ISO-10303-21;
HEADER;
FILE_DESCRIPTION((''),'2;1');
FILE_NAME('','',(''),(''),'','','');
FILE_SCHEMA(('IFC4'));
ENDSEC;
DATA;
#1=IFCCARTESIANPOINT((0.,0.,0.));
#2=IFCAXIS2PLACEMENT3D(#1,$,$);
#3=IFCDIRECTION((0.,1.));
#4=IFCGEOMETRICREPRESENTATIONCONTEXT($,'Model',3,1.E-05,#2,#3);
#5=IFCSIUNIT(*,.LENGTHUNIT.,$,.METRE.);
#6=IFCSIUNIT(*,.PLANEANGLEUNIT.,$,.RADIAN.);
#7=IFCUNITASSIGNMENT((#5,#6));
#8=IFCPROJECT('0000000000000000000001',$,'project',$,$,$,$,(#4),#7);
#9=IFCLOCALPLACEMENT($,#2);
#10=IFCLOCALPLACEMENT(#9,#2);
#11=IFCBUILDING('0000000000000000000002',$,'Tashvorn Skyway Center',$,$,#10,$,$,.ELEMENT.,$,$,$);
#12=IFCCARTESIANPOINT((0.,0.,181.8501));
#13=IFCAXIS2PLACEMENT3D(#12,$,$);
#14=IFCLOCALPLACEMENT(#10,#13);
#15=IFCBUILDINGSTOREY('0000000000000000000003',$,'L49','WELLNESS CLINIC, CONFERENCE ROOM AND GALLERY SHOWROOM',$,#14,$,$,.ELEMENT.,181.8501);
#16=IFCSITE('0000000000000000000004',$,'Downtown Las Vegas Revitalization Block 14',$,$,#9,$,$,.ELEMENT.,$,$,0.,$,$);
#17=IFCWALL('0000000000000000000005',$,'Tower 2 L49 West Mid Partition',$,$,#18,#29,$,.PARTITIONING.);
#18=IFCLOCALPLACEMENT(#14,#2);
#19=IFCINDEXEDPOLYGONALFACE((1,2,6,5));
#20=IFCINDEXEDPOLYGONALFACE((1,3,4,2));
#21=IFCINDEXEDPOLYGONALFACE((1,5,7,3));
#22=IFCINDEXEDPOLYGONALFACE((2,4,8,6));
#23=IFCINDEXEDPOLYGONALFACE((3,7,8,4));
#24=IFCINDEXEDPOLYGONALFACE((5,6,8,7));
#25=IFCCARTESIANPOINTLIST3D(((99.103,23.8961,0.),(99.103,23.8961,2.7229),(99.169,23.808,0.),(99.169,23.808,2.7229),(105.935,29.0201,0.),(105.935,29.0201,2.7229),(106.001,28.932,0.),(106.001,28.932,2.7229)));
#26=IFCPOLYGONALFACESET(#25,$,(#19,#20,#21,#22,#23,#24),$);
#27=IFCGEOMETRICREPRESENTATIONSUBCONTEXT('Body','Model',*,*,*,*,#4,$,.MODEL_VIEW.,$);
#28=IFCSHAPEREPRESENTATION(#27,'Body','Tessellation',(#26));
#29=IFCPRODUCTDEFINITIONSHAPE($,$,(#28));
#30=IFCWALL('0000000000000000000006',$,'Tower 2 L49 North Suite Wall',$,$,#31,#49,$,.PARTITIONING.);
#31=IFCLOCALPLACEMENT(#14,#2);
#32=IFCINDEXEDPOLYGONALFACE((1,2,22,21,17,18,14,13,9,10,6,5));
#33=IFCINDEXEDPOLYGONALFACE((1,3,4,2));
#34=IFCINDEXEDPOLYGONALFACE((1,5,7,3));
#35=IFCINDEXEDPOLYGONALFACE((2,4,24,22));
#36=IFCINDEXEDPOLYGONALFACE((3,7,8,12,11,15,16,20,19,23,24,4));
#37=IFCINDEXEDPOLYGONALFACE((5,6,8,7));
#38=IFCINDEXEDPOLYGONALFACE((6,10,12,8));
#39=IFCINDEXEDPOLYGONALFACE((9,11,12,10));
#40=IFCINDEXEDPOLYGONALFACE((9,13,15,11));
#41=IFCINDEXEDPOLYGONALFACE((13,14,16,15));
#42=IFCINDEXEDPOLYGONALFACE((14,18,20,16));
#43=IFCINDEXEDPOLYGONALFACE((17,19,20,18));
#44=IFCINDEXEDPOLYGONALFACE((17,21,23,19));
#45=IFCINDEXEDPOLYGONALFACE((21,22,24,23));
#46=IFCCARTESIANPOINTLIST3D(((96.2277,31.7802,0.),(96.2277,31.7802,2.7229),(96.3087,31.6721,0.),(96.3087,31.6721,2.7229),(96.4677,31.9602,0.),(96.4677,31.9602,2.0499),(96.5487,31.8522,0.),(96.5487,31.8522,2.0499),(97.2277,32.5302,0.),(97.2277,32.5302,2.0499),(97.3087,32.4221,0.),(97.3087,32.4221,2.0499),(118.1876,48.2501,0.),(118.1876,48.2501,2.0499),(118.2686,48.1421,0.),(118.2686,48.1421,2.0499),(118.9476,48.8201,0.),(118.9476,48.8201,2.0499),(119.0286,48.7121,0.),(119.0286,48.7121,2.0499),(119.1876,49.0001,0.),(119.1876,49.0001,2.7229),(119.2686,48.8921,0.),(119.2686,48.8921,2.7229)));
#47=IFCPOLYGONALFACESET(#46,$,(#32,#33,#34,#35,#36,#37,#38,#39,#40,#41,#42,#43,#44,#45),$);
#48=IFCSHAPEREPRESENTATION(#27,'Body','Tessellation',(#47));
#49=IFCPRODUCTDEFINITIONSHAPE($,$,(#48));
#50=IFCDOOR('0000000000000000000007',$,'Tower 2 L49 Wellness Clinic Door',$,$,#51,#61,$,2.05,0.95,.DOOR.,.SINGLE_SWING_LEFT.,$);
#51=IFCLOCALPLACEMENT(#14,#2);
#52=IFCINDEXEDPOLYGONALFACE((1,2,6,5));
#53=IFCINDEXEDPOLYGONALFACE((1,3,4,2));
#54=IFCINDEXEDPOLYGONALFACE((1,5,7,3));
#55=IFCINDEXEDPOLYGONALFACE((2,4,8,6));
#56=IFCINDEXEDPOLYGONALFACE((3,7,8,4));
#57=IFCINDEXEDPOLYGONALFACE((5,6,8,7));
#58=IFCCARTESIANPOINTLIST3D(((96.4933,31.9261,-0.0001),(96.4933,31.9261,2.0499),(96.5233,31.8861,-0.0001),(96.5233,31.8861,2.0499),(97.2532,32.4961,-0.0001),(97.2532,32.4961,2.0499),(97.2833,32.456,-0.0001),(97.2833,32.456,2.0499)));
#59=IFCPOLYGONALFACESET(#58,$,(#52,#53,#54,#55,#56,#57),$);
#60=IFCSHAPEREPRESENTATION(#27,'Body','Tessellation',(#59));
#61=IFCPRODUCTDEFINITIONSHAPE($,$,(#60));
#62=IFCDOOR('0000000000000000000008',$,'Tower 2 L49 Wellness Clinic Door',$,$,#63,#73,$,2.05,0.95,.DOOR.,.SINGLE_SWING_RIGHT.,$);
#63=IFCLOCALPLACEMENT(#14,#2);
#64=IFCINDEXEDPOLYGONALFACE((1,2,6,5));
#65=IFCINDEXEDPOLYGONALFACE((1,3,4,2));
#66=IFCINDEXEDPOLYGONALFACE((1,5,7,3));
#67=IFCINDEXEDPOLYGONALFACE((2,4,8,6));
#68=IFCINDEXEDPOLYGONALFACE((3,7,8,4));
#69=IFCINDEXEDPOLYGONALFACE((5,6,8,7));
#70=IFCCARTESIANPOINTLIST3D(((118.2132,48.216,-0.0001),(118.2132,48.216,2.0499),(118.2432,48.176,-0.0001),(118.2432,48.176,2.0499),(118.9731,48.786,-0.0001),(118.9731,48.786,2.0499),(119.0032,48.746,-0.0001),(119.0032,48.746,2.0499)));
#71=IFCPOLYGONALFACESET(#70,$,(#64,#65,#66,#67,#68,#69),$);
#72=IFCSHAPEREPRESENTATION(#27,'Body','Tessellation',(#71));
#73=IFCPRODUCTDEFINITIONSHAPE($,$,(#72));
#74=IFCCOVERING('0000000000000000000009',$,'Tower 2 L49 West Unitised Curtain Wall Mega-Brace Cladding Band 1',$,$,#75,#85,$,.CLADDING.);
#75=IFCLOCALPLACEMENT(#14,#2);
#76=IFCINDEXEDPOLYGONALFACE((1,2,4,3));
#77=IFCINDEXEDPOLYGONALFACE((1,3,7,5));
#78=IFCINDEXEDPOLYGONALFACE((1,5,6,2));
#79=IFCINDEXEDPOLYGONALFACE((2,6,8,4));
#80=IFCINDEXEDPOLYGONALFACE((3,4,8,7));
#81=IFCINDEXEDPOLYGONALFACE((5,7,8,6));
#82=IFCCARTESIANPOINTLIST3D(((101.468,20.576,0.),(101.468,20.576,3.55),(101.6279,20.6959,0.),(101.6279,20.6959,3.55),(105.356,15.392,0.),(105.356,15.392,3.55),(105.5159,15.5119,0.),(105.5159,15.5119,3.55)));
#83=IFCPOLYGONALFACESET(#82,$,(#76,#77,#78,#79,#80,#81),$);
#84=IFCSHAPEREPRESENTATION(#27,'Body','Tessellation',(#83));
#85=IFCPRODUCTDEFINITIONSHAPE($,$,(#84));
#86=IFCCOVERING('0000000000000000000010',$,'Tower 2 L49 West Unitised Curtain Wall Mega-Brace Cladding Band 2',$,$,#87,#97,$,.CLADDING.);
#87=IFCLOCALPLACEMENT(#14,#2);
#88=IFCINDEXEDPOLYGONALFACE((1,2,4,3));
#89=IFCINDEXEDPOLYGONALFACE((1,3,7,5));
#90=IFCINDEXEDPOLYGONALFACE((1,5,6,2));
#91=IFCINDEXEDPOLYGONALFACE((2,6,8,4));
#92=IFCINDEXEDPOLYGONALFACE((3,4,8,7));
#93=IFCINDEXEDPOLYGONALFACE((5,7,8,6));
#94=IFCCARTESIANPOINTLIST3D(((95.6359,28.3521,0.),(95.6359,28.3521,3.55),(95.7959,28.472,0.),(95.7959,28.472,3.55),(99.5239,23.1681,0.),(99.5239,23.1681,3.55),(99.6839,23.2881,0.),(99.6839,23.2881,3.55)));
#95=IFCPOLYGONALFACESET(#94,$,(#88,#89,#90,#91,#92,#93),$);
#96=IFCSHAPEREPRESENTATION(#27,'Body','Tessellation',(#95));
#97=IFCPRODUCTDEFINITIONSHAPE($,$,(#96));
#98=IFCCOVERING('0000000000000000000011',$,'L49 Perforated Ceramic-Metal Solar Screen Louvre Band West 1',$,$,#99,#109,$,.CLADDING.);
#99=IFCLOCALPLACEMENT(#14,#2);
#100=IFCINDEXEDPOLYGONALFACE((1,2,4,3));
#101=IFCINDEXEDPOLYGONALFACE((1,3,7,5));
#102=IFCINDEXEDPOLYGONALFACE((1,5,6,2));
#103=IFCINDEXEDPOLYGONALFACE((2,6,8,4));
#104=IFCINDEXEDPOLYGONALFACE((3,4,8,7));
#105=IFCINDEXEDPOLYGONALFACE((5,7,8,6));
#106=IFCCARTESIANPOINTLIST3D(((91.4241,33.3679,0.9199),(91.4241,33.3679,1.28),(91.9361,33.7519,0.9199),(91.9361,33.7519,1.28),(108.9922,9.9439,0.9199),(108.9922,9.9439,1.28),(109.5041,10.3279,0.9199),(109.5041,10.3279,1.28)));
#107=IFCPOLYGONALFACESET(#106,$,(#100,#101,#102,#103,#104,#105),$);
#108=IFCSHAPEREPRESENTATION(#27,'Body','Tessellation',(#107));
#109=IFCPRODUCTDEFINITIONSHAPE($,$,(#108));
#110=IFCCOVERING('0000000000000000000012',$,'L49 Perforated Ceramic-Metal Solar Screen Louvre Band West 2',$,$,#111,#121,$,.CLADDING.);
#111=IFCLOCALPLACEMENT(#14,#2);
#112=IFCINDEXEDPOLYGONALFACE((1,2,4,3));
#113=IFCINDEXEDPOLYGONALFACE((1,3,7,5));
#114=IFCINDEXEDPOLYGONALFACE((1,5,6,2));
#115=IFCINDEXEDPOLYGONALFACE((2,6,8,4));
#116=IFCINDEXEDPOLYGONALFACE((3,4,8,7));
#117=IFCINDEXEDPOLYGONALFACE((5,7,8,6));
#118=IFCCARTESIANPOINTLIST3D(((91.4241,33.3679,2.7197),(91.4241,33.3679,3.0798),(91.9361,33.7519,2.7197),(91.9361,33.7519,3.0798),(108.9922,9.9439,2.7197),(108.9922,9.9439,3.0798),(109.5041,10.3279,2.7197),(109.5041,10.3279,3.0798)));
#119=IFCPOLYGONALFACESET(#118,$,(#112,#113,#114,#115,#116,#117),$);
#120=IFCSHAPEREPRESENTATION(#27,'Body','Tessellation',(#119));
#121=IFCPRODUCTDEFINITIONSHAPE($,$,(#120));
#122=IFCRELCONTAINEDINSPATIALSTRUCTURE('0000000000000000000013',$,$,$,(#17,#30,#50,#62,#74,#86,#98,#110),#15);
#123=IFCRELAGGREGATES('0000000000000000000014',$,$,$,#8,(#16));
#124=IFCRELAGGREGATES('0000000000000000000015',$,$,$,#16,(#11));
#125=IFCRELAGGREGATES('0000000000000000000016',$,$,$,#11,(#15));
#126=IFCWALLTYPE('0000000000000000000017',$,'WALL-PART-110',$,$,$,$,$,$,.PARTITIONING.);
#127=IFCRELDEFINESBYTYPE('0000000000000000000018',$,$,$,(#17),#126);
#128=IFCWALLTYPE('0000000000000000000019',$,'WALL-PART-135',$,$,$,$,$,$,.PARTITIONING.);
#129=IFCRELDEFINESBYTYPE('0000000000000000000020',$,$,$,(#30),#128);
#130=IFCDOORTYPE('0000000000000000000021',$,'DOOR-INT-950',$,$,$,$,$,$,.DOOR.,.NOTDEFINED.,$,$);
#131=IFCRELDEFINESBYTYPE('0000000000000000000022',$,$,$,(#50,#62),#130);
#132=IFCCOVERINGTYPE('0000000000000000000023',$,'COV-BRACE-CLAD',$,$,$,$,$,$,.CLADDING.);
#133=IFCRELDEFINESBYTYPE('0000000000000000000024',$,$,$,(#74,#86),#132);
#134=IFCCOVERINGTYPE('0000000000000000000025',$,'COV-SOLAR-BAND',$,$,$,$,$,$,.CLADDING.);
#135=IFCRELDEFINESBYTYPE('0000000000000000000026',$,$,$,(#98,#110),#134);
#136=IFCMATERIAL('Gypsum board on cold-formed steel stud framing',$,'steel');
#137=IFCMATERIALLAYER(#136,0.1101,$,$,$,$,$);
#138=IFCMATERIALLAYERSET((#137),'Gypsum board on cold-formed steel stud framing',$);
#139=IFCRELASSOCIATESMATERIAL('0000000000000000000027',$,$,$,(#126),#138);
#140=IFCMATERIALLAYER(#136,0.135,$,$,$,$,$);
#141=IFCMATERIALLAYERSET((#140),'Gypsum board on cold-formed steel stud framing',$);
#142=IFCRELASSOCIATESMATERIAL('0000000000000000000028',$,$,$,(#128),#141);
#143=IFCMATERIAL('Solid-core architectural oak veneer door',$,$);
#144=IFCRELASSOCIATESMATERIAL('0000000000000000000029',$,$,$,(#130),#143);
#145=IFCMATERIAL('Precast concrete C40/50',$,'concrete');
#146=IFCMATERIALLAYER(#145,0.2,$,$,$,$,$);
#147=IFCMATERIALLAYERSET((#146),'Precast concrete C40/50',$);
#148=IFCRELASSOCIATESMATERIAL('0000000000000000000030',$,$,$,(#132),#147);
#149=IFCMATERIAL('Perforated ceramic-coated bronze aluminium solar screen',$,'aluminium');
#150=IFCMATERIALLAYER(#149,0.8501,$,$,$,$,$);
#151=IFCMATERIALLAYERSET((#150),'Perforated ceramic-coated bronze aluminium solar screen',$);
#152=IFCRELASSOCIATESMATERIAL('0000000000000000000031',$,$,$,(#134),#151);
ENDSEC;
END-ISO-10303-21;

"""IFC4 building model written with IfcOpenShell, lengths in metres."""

from ifc_helpers import new_model, si_unit, direction, frame, frame_2d, origin, origin_2d, place, context, subcontext, project, spatial, rectangle, extrude, material, layer, layer_set, type_object, element, fill, save


model = new_model("IFC4")

# Units and contexts
model_context = context("Model", 3, precision=1e-05, world=origin(), true_north=direction((0.0, 1.0)))
body_context = subcontext(model_context, "Body", "Model", "MODEL_VIEW")
ifc_project = project(units=[si_unit("LENGTHUNIT", "METRE"), si_unit("PLANEANGLEUNIT", "RADIAN")], contexts=[model_context])

# Site, building, storey
site_placement = place(None, origin())
site = spatial("IfcSite", under=ifc_project, at=site_placement, Name="Downtown Las Vegas Revitalization Block 14", CompositionType="ELEMENT", RefElevation=0.0)
building_placement = place(site_placement, origin())
building = spatial("IfcBuilding", under=site, at=building_placement, Name="Tashvorn Skyway Center", CompositionType="ELEMENT")
storey_placement = place(building_placement, frame((0.0, 0.0, 181.8501)))
storey = spatial("IfcBuildingStorey", under=building, at=storey_placement, Name="L49", Description="WELLNESS CLINIC, CONFERENCE ROOM AND GALLERY SHOWROOM", CompositionType="ELEMENT", Elevation=181.8501)

# Wall
ifc_material_1 = material(Name="Gypsum board on cold-formed steel stud framing", Category="steel")
ifc_layer_1 = layer(ifc_material_1, 0.1101)
ifc_layer_set_1 = layer_set([ifc_layer_1], Name="Gypsum board on cold-formed steel stud framing")
wall_type_1 = type_object("IfcWallType", Name="WALL-PART-110", PredefinedType="PARTITIONING", material=ifc_layer_set_1)
wall_1_placement = place(storey_placement, frame((99.136, 23.8521, 0.0), z_axis=(0.0, 0.0, 1.0), x_axis=(0.8, 0.6, 0.0)))
element("IfcWall", 1, at=wall_1_placement, inside=storey, type_object=wall_type_1, Name="Tower 2 L49 West Mid Partition", PredefinedType="PARTITIONING", context=body_context, shape_type="SweptSolid", body=[
    extrude(rectangle(XDim=8.54, YDim=0.1101, at=frame_2d((4.27, 0.0))), origin(), (0.0, 0.0, 1.0), 2.7229),
])

# Wall, openings, doors
ifc_layer_2 = layer(ifc_material_1, 0.135)
ifc_layer_set_2 = layer_set([ifc_layer_2], Name="Gypsum board on cold-formed steel stud framing")
wall_type_2 = type_object("IfcWallType", Name="WALL-PART-135", PredefinedType="PARTITIONING", material=ifc_layer_set_2)
wall_2_placement = place(storey_placement, frame((96.2681, 31.7261, 0.0), z_axis=(0.0, 0.0, 1.0), x_axis=(0.8, 0.6, 0.0)))
wall_2 = element("IfcWall", 2, at=wall_2_placement, inside=storey, type_object=wall_type_2, Name="Tower 2 L49 North Suite Wall", PredefinedType="PARTITIONING", context=body_context, shape_type="SweptSolid", body=[
    extrude(rectangle(XDim=28.7, YDim=0.135, at=frame_2d((14.3501, 0.0))), origin(), (0.0, 0.0, 1.0), 2.7229),
])
opening_1_placement = place(wall_2_placement, frame((0.3, 0.0, 0.0)))
opening_1 = element("IfcOpeningElement", 3, at=opening_1_placement, cuts=wall_2, PredefinedType="OPENING", context=body_context, shape_type="SweptSolid", body=[
    extrude(rectangle(XDim=0.95, YDim=2.05, at=frame_2d((0.4751, 1.0249))), frame((0.0, 0.0774, 0.0), z_axis=(0.0, -1.0, 0.0), x_axis=(1.0, 0.0, 0.0)), (0.0, 0.0, 1.0), 0.155),
])
opening_2_placement = place(wall_2_placement, frame((27.45, 0.0, 0.0)))
opening_2 = element("IfcOpeningElement", 4, at=opening_2_placement, cuts=wall_2, PredefinedType="OPENING", context=body_context, shape_type="SweptSolid", body=[
    extrude(rectangle(XDim=0.95, YDim=2.05, at=frame_2d((0.4751, 1.0249))), frame((0.0, 0.0774, 0.0), z_axis=(0.0, -1.0, 0.0), x_axis=(1.0, 0.0, 0.0)), (0.0, 0.0, 1.0), 0.155),
])
ifc_material_2 = material(Name="Solid-core architectural oak veneer door")
door_type = type_object("IfcDoorType", Name="DOOR-INT-950", OperationType="NOTDEFINED", PredefinedType="DOOR", material=ifc_material_2)
door_1_placement = place(opening_1_placement, origin())
door_1 = element("IfcDoor", 5, at=door_1_placement, inside=storey, type_object=door_type, Name="Tower 2 L49 Wellness Clinic Door", OperationType="SINGLE_SWING_LEFT", OverallHeight=2.05, OverallWidth=0.95, PredefinedType="DOOR", context=body_context, shape_type="SweptSolid", body=[
    extrude(rectangle(XDim=0.95, YDim=2.05, at=frame_2d((0.4751, 1.0249))), frame((0.0, 0.0249, 0.0), z_axis=(0.0, -1.0, 0.0), x_axis=(1.0, 0.0, 0.0)), (0.0, 0.0, 1.0), 0.05),
])
fill(opening_1, door_1)
door_2_placement = place(opening_2_placement, origin())
door_2 = element("IfcDoor", 6, at=door_2_placement, inside=storey, type_object=door_type, Name="Tower 2 L49 Wellness Clinic Door", OperationType="SINGLE_SWING_RIGHT", OverallHeight=2.05, OverallWidth=0.95, PredefinedType="DOOR", context=body_context, shape_type="SweptSolid", body=[
    extrude(rectangle(XDim=0.95, YDim=2.05, at=frame_2d((0.4751, 1.0249))), frame((0.0, 0.0249, 0.0), z_axis=(0.0, -1.0, 0.0), x_axis=(1.0, 0.0, 0.0)), (0.0, 0.0, 1.0), 0.05),
])
fill(opening_2, door_2)

# Coverings
ifc_material_3 = material(Name="Precast concrete C40/50", Category="concrete")
ifc_layer_3 = layer(ifc_material_3, 0.2)
ifc_layer_set_3 = layer_set([ifc_layer_3], Name="Precast concrete C40/50")
covering_type_1 = type_object("IfcCoveringType", Name="COV-BRACE-CLAD", PredefinedType="CLADDING", material=ifc_layer_set_3)
for number, where, z_axis, x_axis, name in (
    (7, (103.4919, 18.0439, 0.0), (0.0, 0.0, 1.0), (-0.6, 0.8, 0.0), "Tower 2 L49 West Unitised Curtain Wall Mega-Brace Cladding Band 1"),
    (8, (97.6599, 25.8201, 0.0), (0.0, 0.0, 1.0), (-0.6, 0.8, 0.0), "Tower 2 L49 West Unitised Curtain Wall Mega-Brace Cladding Band 2"),
):
    element("IfcCovering", number, at=place(storey_placement, frame(where, z_axis=z_axis, x_axis=x_axis)), inside=storey, type_object=covering_type_1, Name=name, PredefinedType="CLADDING", context=body_context, shape_type="SweptSolid", body=[
        extrude(rectangle(XDim=6.48, YDim=0.2, at=origin_2d()), origin(), (0.0, 0.0, 1.0), 3.55),
    ])
ifc_material_4 = material(Name="Perforated ceramic-coated bronze aluminium solar screen", Category="aluminium")
ifc_layer_4 = layer(ifc_material_4, 0.8501)
ifc_layer_set_4 = layer_set([ifc_layer_4], Name="Perforated ceramic-coated bronze aluminium solar screen")
covering_type_2 = type_object("IfcCoveringType", Name="COV-SOLAR-BAND", PredefinedType="CLADDING", material=ifc_layer_set_4)
for number, where, z_axis, x_axis, name in (
    (9, (100.4641, 21.8479, 0.9199), (0.0, 0.0, 1.0), (-0.6, 0.8, 0.0), "L49 Perforated Ceramic-Metal Solar Screen Louvre Band West 1"),
    (10, (100.4641, 21.8479, 2.7197), (0.0, 0.0, 1.0), (-0.6, 0.8, 0.0), "L49 Perforated Ceramic-Metal Solar Screen Louvre Band West 2"),
):
    element("IfcCovering", number, at=place(storey_placement, frame(where, z_axis=z_axis, x_axis=x_axis)), inside=storey, type_object=covering_type_2, Name=name, PredefinedType="CLADDING", context=body_context, shape_type="SweptSolid", body=[
        extrude(rectangle(XDim=29.28, YDim=0.6399, at=origin_2d()), origin(), (0.0, 0.0, 1.0), 0.3601),
    ])

save(model, "model.ifc")
